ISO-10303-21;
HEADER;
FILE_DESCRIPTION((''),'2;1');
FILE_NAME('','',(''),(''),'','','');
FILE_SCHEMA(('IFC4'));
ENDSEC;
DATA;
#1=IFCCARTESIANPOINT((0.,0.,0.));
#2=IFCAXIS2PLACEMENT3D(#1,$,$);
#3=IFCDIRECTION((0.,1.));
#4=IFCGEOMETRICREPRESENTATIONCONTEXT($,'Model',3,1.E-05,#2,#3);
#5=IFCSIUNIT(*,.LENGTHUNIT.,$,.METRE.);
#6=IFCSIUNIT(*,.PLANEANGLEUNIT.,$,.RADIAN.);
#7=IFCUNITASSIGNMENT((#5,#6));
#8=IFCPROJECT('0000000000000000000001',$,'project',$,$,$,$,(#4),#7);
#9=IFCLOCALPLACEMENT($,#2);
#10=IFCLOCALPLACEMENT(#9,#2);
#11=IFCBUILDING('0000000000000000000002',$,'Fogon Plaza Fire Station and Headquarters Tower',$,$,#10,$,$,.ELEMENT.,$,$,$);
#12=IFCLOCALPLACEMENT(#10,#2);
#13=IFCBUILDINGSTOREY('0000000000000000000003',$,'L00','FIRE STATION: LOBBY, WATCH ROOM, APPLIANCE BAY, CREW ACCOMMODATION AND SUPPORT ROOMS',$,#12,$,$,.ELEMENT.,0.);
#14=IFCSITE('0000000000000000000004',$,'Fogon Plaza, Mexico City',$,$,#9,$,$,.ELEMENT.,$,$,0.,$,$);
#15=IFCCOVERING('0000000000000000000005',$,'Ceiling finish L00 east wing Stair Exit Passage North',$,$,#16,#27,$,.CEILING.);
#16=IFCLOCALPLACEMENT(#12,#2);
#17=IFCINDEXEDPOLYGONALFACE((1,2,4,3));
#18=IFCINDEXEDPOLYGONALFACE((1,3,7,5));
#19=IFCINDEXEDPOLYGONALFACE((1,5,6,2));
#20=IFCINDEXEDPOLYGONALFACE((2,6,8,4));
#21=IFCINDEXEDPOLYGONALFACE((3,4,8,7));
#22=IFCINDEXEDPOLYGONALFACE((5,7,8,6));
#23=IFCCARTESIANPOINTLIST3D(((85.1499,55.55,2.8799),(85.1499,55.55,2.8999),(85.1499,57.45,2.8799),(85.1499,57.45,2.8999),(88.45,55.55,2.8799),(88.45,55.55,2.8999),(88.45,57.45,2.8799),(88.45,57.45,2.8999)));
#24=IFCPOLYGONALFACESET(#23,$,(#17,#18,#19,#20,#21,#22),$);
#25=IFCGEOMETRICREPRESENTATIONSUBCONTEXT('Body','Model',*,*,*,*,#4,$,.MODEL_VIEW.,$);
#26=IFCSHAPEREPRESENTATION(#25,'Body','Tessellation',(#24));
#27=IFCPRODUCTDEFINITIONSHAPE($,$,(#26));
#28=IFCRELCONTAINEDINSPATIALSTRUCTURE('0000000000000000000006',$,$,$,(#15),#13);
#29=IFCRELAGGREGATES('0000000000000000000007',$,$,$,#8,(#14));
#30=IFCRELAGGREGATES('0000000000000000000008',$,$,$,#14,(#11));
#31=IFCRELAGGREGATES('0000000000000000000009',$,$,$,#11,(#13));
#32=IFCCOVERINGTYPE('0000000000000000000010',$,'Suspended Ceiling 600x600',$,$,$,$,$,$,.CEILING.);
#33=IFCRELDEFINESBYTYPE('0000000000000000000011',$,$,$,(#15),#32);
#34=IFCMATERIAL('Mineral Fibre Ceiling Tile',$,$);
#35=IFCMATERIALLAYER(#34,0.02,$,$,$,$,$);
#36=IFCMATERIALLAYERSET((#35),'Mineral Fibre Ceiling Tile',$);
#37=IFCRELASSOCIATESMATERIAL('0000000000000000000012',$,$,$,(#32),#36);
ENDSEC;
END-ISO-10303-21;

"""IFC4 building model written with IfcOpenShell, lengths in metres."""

from ifc_helpers import new_model, si_unit, direction, frame, origin, place, context, subcontext, project, spatial, polyline, outline, extrude, material, layer, layer_set, type_object, element, save


model = new_model("IFC4")

# Units and contexts
model_context = context("Model", 3, precision=1e-05, world=origin(), true_north=direction((0.0, 1.0)))
body_context = subcontext(model_context, "Body", "Model", "MODEL_VIEW")
ifc_project = project(units=[si_unit("LENGTHUNIT", "METRE"), si_unit("PLANEANGLEUNIT", "RADIAN")], contexts=[model_context])

# Site, building, storey
site_placement = place(None, origin())
site = spatial("IfcSite", under=ifc_project, at=site_placement, Name="Fogon Plaza, Mexico City", CompositionType="ELEMENT", RefElevation=0.0)
building_placement = place(site_placement, origin())
building = spatial("IfcBuilding", under=site, at=building_placement, Name="Fogon Plaza Fire Station and Headquarters Tower", CompositionType="ELEMENT")
storey_placement = place(building_placement, origin())
storey = spatial("IfcBuildingStorey", under=building, at=storey_placement, Name="L00", Description="FIRE STATION: LOBBY, WATCH ROOM, APPLIANCE BAY, CREW ACCOMMODATION AND SUPPORT ROOMS", CompositionType="ELEMENT", Elevation=0.0)

# Covering
ifc_material_1 = material(Name="Mineral Fibre Ceiling Tile")
ifc_layer_1 = layer(ifc_material_1, 0.02)
ifc_layer_set_1 = layer_set([ifc_layer_1], Name="Mineral Fibre Ceiling Tile")
covering_type_1 = type_object("IfcCoveringType", Name="Suspended Ceiling 600x600", PredefinedType="CEILING", material=ifc_layer_set_1)
covering_1_placement = place(storey_placement, frame((0.0, 0.0, 2.8799)))
element("IfcCovering", 1, at=covering_1_placement, inside=storey, type_object=covering_type_1, Name="Ceiling finish L00 east wing Stair Exit Passage North", PredefinedType="CEILING", context=body_context, shape_type="SweptSolid", body=[
    extrude(outline(polyline([(85.1499, 55.55), (85.1499, 57.45), (88.45, 57.45), (88.45, 55.55), (85.1499, 55.55)])), origin(), (0.0, 0.0, 1.0), 0.02),
])

save(model, "model.ifc")
